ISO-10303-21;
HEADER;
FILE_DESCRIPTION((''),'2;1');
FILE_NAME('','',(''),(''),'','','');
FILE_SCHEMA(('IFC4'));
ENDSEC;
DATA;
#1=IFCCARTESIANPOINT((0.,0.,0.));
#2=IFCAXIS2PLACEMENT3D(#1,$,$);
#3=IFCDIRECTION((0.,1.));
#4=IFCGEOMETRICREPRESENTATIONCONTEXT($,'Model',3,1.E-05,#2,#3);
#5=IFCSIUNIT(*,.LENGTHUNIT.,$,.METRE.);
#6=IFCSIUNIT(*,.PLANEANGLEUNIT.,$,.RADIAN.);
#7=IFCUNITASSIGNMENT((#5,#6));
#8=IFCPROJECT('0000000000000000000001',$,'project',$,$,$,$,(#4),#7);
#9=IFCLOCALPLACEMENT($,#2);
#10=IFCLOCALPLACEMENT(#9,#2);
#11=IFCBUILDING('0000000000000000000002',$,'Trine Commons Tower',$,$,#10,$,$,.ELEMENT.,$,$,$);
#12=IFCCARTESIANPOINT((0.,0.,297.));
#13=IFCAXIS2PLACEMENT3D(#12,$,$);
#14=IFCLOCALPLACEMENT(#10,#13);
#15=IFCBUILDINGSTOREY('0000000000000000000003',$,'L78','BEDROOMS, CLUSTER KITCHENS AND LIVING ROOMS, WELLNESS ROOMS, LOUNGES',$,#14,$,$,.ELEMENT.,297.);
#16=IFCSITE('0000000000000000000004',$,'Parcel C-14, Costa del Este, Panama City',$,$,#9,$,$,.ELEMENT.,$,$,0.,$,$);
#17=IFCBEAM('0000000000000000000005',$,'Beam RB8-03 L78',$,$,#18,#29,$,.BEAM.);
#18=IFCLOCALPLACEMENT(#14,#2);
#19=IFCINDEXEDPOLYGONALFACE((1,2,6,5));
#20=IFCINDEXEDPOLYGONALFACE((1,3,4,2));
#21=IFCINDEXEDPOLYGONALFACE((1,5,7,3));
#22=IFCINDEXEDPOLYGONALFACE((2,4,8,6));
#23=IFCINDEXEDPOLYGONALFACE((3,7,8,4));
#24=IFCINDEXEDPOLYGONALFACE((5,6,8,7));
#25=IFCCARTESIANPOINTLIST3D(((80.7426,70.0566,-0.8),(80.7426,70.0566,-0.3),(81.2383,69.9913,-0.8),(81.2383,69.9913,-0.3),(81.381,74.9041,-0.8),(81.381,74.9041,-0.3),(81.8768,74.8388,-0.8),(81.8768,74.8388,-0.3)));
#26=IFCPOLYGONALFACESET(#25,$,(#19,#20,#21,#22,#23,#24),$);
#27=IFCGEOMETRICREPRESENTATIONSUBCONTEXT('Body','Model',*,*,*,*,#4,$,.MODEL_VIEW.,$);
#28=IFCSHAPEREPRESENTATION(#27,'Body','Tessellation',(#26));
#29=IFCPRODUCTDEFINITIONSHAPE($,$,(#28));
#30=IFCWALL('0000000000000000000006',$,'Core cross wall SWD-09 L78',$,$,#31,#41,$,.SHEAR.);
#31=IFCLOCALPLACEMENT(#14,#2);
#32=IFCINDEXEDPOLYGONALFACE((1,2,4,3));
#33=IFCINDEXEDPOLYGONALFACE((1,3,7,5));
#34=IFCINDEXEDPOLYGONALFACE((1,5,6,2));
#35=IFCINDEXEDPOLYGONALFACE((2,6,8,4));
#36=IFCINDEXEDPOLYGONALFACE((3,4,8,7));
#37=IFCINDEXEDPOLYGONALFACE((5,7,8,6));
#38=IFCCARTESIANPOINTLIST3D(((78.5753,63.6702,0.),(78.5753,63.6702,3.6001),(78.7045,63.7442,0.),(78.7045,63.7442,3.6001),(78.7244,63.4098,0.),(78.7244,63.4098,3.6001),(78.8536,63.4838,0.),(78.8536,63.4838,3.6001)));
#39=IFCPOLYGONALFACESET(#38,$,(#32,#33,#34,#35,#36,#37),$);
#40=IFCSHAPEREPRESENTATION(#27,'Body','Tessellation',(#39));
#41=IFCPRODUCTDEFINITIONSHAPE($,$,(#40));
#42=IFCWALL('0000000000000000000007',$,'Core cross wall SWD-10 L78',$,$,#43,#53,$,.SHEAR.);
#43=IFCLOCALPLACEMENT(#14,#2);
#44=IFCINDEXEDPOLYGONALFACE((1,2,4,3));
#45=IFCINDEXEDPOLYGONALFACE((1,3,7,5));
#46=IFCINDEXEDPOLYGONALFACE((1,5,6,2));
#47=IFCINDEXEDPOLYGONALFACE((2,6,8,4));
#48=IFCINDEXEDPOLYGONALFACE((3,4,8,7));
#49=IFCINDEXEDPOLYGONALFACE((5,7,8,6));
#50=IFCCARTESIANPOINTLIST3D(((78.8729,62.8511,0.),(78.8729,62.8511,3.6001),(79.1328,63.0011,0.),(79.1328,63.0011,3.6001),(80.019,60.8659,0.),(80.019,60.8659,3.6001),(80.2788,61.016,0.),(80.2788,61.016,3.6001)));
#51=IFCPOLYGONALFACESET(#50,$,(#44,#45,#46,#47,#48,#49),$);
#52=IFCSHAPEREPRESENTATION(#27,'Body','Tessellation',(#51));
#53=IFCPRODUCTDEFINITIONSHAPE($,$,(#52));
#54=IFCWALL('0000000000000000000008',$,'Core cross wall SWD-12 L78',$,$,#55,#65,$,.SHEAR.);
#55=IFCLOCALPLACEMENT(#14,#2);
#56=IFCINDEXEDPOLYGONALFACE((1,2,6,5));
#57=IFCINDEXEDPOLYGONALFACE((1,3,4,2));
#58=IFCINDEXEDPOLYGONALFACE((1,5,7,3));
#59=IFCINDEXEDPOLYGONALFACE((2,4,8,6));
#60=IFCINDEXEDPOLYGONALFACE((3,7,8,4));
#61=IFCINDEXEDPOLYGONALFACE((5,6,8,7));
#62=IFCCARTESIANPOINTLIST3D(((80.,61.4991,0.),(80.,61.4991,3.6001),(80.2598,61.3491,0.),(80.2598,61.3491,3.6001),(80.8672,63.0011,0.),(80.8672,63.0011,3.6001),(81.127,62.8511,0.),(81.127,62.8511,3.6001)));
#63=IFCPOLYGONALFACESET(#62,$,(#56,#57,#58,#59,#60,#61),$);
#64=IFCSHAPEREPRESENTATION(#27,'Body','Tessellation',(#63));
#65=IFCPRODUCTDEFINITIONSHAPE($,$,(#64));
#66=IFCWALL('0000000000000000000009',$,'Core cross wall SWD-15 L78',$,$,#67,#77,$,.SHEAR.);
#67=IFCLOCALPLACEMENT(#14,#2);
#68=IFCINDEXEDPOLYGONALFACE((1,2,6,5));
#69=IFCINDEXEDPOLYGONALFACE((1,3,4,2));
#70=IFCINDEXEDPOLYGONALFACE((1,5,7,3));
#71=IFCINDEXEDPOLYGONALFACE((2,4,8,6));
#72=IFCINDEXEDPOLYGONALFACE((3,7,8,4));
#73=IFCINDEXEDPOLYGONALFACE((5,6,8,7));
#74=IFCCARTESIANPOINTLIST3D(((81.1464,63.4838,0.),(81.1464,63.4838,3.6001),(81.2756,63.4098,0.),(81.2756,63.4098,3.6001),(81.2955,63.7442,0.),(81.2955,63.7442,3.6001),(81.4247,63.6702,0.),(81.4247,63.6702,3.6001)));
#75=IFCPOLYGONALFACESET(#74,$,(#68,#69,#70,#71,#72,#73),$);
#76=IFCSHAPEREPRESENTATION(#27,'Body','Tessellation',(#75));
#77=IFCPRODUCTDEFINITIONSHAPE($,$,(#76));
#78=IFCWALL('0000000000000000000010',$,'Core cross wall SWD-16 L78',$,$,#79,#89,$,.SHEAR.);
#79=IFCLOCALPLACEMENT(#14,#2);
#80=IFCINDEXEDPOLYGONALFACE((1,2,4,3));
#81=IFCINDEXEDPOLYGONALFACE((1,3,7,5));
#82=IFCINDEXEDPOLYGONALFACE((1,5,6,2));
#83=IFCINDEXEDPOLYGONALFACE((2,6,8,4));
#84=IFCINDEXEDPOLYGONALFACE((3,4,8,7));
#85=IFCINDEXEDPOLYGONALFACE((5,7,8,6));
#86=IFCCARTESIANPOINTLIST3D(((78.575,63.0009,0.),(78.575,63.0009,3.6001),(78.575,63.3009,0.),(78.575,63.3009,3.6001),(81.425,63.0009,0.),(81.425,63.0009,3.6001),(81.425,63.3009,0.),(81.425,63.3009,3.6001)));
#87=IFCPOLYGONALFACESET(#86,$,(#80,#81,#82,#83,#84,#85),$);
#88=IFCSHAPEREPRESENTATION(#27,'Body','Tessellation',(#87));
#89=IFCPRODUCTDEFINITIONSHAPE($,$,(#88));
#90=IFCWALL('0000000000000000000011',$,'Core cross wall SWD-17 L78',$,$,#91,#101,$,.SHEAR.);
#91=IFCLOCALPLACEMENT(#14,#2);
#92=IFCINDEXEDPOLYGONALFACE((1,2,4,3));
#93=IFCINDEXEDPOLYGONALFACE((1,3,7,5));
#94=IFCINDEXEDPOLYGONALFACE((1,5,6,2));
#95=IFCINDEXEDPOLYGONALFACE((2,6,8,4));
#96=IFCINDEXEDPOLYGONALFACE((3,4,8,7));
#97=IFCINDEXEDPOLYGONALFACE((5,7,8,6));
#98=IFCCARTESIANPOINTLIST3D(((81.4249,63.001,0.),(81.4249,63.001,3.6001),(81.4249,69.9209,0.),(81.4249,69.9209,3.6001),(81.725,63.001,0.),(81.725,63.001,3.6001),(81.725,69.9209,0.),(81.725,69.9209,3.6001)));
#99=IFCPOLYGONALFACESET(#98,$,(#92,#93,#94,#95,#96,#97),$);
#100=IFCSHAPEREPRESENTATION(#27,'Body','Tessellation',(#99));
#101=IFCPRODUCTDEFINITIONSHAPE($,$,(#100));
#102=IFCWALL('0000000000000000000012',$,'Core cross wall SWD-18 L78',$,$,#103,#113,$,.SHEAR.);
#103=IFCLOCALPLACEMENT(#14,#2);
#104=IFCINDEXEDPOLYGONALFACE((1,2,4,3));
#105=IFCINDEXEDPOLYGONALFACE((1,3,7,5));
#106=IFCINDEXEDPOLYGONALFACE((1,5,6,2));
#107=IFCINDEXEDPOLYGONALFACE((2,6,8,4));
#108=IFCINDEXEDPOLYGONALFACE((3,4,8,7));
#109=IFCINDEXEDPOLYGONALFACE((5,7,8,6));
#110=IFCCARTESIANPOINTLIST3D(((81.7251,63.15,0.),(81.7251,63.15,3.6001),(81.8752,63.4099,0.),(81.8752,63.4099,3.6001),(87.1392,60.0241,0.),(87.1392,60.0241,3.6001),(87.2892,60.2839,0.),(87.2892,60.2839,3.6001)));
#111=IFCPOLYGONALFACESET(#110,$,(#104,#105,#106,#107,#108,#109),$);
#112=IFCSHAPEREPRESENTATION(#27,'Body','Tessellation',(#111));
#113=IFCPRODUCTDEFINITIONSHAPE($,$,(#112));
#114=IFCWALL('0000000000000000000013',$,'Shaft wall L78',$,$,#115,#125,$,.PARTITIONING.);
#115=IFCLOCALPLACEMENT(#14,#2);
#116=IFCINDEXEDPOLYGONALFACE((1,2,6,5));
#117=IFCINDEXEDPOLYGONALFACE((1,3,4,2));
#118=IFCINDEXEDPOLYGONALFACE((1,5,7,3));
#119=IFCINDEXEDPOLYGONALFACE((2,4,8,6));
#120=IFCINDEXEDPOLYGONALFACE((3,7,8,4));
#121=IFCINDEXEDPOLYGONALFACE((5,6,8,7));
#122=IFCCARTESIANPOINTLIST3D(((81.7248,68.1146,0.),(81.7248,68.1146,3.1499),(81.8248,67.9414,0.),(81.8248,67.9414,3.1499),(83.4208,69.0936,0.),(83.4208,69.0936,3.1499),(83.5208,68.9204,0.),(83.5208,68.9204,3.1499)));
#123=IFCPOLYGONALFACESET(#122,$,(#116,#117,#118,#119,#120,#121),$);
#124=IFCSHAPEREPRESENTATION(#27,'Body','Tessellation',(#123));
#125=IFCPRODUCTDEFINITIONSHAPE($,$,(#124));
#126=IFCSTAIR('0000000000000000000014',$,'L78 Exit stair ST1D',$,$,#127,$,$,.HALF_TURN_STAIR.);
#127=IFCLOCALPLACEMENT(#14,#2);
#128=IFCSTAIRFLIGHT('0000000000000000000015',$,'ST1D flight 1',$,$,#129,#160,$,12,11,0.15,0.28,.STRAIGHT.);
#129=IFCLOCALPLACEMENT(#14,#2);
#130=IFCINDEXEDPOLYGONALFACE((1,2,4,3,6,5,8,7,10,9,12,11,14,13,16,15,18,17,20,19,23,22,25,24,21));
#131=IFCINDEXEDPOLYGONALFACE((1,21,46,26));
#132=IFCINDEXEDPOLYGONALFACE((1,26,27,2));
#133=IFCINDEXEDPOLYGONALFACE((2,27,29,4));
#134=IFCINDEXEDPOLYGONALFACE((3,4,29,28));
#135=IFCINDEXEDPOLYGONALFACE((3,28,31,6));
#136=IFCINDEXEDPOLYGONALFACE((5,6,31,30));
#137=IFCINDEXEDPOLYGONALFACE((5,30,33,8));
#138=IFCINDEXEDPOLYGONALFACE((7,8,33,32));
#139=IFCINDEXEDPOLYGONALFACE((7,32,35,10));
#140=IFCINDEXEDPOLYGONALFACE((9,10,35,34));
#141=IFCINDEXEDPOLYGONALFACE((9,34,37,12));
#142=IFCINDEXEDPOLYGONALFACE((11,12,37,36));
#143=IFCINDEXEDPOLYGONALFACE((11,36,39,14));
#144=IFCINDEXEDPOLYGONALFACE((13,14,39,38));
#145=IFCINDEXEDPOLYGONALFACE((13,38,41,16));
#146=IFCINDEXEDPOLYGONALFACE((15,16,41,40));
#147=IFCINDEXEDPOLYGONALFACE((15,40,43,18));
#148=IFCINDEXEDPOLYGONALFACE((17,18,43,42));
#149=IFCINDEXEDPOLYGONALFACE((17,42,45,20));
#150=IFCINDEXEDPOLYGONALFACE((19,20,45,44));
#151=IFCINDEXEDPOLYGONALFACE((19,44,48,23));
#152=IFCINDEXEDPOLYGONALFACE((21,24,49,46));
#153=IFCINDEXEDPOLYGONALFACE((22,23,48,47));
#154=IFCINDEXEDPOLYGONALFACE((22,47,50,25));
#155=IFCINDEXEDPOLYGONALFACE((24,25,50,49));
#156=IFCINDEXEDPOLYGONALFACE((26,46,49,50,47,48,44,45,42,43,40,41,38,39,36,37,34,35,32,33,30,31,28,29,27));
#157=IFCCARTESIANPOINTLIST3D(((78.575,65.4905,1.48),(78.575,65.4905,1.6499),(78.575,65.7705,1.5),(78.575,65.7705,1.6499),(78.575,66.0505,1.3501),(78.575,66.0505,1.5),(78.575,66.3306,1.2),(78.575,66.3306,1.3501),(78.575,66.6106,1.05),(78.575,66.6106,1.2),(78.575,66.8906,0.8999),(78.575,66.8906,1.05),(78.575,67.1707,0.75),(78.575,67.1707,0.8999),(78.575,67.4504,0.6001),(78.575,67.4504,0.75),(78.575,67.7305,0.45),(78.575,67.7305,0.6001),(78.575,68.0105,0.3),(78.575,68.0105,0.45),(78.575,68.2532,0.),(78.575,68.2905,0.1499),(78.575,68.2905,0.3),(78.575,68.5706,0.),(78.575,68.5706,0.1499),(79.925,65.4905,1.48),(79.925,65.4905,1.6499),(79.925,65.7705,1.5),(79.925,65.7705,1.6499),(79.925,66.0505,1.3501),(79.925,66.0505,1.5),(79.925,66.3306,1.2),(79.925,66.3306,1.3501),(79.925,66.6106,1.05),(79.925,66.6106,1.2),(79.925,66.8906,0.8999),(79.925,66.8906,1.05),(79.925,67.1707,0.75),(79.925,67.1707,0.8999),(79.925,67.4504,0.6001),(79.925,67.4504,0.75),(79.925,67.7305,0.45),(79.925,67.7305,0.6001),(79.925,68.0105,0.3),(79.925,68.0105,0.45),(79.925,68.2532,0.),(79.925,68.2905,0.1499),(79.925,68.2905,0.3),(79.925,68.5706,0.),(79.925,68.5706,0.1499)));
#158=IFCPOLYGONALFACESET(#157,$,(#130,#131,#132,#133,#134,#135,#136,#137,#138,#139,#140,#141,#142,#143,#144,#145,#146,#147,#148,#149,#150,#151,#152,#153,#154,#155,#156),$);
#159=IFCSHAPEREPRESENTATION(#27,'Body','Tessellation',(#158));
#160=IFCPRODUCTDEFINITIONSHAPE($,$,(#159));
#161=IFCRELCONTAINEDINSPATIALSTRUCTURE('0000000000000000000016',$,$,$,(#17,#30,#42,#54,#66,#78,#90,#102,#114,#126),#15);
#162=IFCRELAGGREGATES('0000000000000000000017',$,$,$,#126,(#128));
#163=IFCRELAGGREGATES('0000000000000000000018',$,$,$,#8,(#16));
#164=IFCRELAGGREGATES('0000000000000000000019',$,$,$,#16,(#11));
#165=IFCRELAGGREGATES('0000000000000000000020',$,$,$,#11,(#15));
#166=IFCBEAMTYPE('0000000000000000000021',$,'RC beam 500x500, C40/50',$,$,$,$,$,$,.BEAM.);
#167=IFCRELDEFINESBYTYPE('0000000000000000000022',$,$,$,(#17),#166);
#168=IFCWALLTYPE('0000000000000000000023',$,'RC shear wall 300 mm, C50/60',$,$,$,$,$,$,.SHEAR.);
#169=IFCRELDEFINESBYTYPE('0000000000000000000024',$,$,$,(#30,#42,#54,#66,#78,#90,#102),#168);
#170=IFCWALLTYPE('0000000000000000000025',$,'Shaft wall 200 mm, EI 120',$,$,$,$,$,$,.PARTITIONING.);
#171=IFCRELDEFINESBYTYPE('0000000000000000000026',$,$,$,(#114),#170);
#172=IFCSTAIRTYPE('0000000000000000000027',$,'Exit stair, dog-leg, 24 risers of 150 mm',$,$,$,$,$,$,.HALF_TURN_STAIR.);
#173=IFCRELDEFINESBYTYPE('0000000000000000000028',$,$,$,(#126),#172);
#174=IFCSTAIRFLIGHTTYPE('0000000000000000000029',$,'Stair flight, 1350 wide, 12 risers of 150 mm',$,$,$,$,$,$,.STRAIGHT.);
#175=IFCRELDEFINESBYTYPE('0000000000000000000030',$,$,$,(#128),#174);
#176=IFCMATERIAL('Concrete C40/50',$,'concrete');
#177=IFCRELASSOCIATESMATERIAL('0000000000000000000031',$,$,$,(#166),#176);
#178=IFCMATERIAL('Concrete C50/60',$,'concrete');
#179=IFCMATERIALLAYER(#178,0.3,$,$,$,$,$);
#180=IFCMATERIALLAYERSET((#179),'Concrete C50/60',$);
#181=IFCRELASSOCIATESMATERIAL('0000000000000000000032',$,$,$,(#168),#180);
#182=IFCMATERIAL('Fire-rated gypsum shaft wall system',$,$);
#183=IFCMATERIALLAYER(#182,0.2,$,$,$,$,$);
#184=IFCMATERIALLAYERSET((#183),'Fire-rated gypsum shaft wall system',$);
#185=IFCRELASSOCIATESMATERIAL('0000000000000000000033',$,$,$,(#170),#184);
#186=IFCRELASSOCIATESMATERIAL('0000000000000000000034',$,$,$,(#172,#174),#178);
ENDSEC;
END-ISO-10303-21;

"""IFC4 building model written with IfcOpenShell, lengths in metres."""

from ifc_helpers import new_model, si_unit, direction, frame, frame_2d, origin, origin_2d, place, context, subcontext, project, spatial, polyline, rectangle, outline, extrude, material, layer, layer_set, material_profile, profile_set, type_object, element, aggregate, save


model = new_model("IFC4")

# Units and contexts
model_context = context("Model", 3, precision=1e-05, world=origin(), true_north=direction((0.0, 1.0)))
body_context = subcontext(model_context, "Body", "Model", "MODEL_VIEW")
ifc_project = project(units=[si_unit("LENGTHUNIT", "METRE"), si_unit("PLANEANGLEUNIT", "RADIAN")], contexts=[model_context])

# Site, building, storey
site_placement = place(None, origin())
site = spatial("IfcSite", under=ifc_project, at=site_placement, Name="Parcel C-14, Costa del Este, Panama City", CompositionType="ELEMENT", RefElevation=0.0)
building_placement = place(site_placement, origin())
building = spatial("IfcBuilding", under=site, at=building_placement, Name="Trine Commons Tower", CompositionType="ELEMENT")
storey_placement = place(building_placement, frame((0.0, 0.0, 297.0)))
storey = spatial("IfcBuildingStorey", under=building, at=storey_placement, Name="L78", Description="BEDROOMS, CLUSTER KITCHENS AND LIVING ROOMS, WELLNESS ROOMS, LOUNGES", CompositionType="ELEMENT", Elevation=297.0)

# Beam
ifc_material_1 = material(Name="Concrete C40/50", Category="concrete")
ifc_material_profile = material_profile(ifc_material_1, rectangle(XDim=0.5, YDim=0.5, at=origin_2d()), Name="RC 500x500")
ifc_profile_set = profile_set([ifc_material_profile], Name="Concrete C40/50")
beam_type = type_object("IfcBeamType", Name="RC beam 500x500, C40/50", PredefinedType="BEAM", material=ifc_profile_set)
beam_placement = place(storey_placement, frame((80.9905, 70.0239, -0.55), z_axis=(0.130571, 0.991439, 0.0), x_axis=(-0.991439, 0.130571, 0.0)))
element("IfcBeam", 1, at=beam_placement, inside=storey, type_object=beam_type, Name="Beam RB8-03 L78", PredefinedType="BEAM", context=body_context, shape_type="SweptSolid", body=[
    extrude(rectangle(XDim=0.5, YDim=0.5, at=origin_2d()), origin(), (0.0, 0.0, 1.0), 4.8894),
])

# Walls
ifc_material_2 = material(Name="Concrete C50/60", Category="concrete")
ifc_layer_1 = layer(ifc_material_2, 0.3)
ifc_layer_set_1 = layer_set([ifc_layer_1], Name="Concrete C50/60")
wall_type_1 = type_object("IfcWallType", Name="RC shear wall 300 mm, C50/60", PredefinedType="SHEAR", material=ifc_layer_set_1)
wall_1_placement = place(storey_placement, frame((78.7791, 63.614, 0.0), z_axis=(0.0, 0.0, 1.0), x_axis=(-0.867738, -0.497022, 0.0)))
element("IfcWall", 2, at=wall_1_placement, inside=storey, type_object=wall_type_1, Name="Core cross wall SWD-09 L78", PredefinedType="SHEAR", context=body_context, shape_type="SweptSolid", body=[
    extrude(rectangle(XDim=0.1489, YDim=0.3, at=frame_2d((0.0745, 0.0))), origin(), (0.0, 0.0, 1.0), 3.6001),
])
wall_2_placement = place(storey_placement, frame((79.0029, 62.926, 0.0), z_axis=(0.0, 0.0, 1.0), x_axis=(0.499965, -0.866045, 0.0)))
element("IfcWall", 3, at=wall_2_placement, inside=storey, type_object=wall_type_1, Name="Core cross wall SWD-10 L78", PredefinedType="SHEAR", context=body_context, shape_type="SweptSolid", body=[
    extrude(rectangle(XDim=2.2922, YDim=0.3, at=frame_2d((1.146, 0.0))), origin(), (0.0, 0.0, 1.0), 3.6001),
])
wall_3_placement = place(storey_placement, frame((80.1299, 61.4241, 0.0), z_axis=(0.0, 0.0, 1.0), x_axis=(0.500015, 0.866017, 0.0)))
element("IfcWall", 4, at=wall_3_placement, inside=storey, type_object=wall_type_1, Name="Core cross wall SWD-12 L78", PredefinedType="SHEAR", context=body_context, shape_type="SweptSolid", body=[
    extrude(rectangle(XDim=1.7344, YDim=0.3, at=frame_2d((0.8672, 0.0))), origin(), (0.0, 0.0, 1.0), 3.6001),
])
wall_4_placement = place(storey_placement, frame((81.2209, 63.614, 0.0), z_axis=(0.0, 0.0, 1.0), x_axis=(0.867738, -0.497022, 0.0)))
element("IfcWall", 5, at=wall_4_placement, inside=storey, type_object=wall_type_1, Name="Core cross wall SWD-15 L78", PredefinedType="SHEAR", context=body_context, shape_type="SweptSolid", body=[
    extrude(rectangle(XDim=0.1489, YDim=0.3, at=frame_2d((0.0745, 0.0))), origin(), (0.0, 0.0, 1.0), 3.6001),
])
wall_5_placement = place(storey_placement, frame((81.425, 63.1509, 0.0), z_axis=(0.0, 0.0, 1.0), x_axis=(-1.0, 0.0, 0.0)))
element("IfcWall", 6, at=wall_5_placement, inside=storey, type_object=wall_type_1, Name="Core cross wall SWD-16 L78", PredefinedType="SHEAR", context=body_context, shape_type="SweptSolid", body=[
    extrude(rectangle(XDim=2.8501, YDim=0.3, at=frame_2d((1.425, 0.0))), origin(), (0.0, 0.0, 1.0), 3.6001),
])
wall_6_placement = place(storey_placement, frame((81.575, 63.001, 0.0), z_axis=(0.0, 0.0, 1.0), x_axis=(0.0, 1.0, 0.0)))
element("IfcWall", 7, at=wall_6_placement, inside=storey, type_object=wall_type_1, Name="Core cross wall SWD-17 L78", PredefinedType="SHEAR", context=body_context, shape_type="SweptSolid", body=[
    extrude(rectangle(XDim=6.9199, YDim=0.3, at=frame_2d((3.46, 0.0))), origin(), (0.0, 0.0, 1.0), 3.6001),
])
wall_7_placement = place(storey_placement, frame((81.8, 63.28, 0.0), z_axis=(0.0, 0.0, 1.0), x_axis=(0.866014, -0.50002, 0.0)))
element("IfcWall", 8, at=wall_7_placement, inside=storey, type_object=wall_type_1, Name="Core cross wall SWD-18 L78", PredefinedType="SHEAR", context=body_context, shape_type="SweptSolid", body=[
    extrude(rectangle(XDim=6.2517, YDim=0.3, at=frame_2d((3.126, 0.0))), origin(), (0.0, 0.0, 1.0), 3.6001),
])
ifc_material_3 = material(Name="Fire-rated gypsum shaft wall system")
ifc_layer_2 = layer(ifc_material_3, 0.2)
ifc_layer_set_2 = layer_set([ifc_layer_2], Name="Fire-rated gypsum shaft wall system")
wall_type_2 = type_object("IfcWallType", Name="Shaft wall 200 mm, EI 120", PredefinedType="PARTITIONING", material=ifc_layer_set_2)
wall_8_placement = place(storey_placement, frame((81.7749, 68.0281, 0.0), z_axis=(0.0, 0.0, 1.0), x_axis=(0.866071, 0.49992, 0.0)))
element("IfcWall", 9, at=wall_8_placement, inside=storey, type_object=wall_type_2, Name="Shaft wall L78", PredefinedType="PARTITIONING", context=body_context, shape_type="SweptSolid", body=[
    extrude(rectangle(XDim=1.9583, YDim=0.2, at=frame_2d((0.979, 0.0))), origin(), (0.0, 0.0, 1.0), 3.1499),
])

# Stair, stair flight
stair_type = type_object("IfcStairType", Name="Exit stair, dog-leg, 24 risers of 150 mm", PredefinedType="HALF_TURN_STAIR", material=ifc_material_2)
stair_placement = place(storey_placement, origin())
stair = element("IfcStair", 10, at=stair_placement, inside=storey, type_object=stair_type, Name="L78 Exit stair ST1D", PredefinedType="HALF_TURN_STAIR")
stair_flight_type = type_object("IfcStairFlightType", Name="Stair flight, 1350 wide, 12 risers of 150 mm", PredefinedType="STRAIGHT", material=ifc_material_2)
stair_flight_1_placement = place(storey_placement, frame((79.25, 68.5706, 0.0), z_axis=(0.0, 0.0, 1.0), x_axis=(0.0, -1.0, 0.0)))
stair_flight_1 = element("IfcStairFlight", 11, at=stair_flight_1_placement, type_object=stair_flight_type, Name="ST1D flight 1", NumberOfRisers=12, NumberOfTreads=11, PredefinedType="STRAIGHT", RiserHeight=0.15, TreadLength=0.28, context=body_context, shape_type="SweptSolid", body=[
    extrude(outline(polyline([(0.0, 0.0), (0.0, 0.1499), (0.28, 0.1499), (0.28, 0.3), (0.5601, 0.3), (0.5601, 0.45), (0.8401, 0.45), (0.8401, 0.6001), (1.1201, 0.6001), (1.1201, 0.75), (1.3999, 0.75), (1.3999, 0.8999), (1.6799, 0.8999), (1.6799, 1.05), (1.96, 1.05), (1.96, 1.2), (2.24, 1.2), (2.24, 1.3501), (2.52, 1.3501), (2.52, 1.5), (2.8, 1.5), (2.8, 1.6499), (3.0801, 1.6499), (3.0801, 1.8), (3.0801, 1.48), (0.3174, 0.0), (0.0, 0.0)])), frame((0.0, 0.675, 0.0), z_axis=(0.0, -1.0, 0.0), x_axis=(1.0, 0.0, 0.0)), (0.0, 0.0, 1.0), 1.3501),
])
aggregate(stair, [stair_flight_1])

save(model, "model.ifc")
